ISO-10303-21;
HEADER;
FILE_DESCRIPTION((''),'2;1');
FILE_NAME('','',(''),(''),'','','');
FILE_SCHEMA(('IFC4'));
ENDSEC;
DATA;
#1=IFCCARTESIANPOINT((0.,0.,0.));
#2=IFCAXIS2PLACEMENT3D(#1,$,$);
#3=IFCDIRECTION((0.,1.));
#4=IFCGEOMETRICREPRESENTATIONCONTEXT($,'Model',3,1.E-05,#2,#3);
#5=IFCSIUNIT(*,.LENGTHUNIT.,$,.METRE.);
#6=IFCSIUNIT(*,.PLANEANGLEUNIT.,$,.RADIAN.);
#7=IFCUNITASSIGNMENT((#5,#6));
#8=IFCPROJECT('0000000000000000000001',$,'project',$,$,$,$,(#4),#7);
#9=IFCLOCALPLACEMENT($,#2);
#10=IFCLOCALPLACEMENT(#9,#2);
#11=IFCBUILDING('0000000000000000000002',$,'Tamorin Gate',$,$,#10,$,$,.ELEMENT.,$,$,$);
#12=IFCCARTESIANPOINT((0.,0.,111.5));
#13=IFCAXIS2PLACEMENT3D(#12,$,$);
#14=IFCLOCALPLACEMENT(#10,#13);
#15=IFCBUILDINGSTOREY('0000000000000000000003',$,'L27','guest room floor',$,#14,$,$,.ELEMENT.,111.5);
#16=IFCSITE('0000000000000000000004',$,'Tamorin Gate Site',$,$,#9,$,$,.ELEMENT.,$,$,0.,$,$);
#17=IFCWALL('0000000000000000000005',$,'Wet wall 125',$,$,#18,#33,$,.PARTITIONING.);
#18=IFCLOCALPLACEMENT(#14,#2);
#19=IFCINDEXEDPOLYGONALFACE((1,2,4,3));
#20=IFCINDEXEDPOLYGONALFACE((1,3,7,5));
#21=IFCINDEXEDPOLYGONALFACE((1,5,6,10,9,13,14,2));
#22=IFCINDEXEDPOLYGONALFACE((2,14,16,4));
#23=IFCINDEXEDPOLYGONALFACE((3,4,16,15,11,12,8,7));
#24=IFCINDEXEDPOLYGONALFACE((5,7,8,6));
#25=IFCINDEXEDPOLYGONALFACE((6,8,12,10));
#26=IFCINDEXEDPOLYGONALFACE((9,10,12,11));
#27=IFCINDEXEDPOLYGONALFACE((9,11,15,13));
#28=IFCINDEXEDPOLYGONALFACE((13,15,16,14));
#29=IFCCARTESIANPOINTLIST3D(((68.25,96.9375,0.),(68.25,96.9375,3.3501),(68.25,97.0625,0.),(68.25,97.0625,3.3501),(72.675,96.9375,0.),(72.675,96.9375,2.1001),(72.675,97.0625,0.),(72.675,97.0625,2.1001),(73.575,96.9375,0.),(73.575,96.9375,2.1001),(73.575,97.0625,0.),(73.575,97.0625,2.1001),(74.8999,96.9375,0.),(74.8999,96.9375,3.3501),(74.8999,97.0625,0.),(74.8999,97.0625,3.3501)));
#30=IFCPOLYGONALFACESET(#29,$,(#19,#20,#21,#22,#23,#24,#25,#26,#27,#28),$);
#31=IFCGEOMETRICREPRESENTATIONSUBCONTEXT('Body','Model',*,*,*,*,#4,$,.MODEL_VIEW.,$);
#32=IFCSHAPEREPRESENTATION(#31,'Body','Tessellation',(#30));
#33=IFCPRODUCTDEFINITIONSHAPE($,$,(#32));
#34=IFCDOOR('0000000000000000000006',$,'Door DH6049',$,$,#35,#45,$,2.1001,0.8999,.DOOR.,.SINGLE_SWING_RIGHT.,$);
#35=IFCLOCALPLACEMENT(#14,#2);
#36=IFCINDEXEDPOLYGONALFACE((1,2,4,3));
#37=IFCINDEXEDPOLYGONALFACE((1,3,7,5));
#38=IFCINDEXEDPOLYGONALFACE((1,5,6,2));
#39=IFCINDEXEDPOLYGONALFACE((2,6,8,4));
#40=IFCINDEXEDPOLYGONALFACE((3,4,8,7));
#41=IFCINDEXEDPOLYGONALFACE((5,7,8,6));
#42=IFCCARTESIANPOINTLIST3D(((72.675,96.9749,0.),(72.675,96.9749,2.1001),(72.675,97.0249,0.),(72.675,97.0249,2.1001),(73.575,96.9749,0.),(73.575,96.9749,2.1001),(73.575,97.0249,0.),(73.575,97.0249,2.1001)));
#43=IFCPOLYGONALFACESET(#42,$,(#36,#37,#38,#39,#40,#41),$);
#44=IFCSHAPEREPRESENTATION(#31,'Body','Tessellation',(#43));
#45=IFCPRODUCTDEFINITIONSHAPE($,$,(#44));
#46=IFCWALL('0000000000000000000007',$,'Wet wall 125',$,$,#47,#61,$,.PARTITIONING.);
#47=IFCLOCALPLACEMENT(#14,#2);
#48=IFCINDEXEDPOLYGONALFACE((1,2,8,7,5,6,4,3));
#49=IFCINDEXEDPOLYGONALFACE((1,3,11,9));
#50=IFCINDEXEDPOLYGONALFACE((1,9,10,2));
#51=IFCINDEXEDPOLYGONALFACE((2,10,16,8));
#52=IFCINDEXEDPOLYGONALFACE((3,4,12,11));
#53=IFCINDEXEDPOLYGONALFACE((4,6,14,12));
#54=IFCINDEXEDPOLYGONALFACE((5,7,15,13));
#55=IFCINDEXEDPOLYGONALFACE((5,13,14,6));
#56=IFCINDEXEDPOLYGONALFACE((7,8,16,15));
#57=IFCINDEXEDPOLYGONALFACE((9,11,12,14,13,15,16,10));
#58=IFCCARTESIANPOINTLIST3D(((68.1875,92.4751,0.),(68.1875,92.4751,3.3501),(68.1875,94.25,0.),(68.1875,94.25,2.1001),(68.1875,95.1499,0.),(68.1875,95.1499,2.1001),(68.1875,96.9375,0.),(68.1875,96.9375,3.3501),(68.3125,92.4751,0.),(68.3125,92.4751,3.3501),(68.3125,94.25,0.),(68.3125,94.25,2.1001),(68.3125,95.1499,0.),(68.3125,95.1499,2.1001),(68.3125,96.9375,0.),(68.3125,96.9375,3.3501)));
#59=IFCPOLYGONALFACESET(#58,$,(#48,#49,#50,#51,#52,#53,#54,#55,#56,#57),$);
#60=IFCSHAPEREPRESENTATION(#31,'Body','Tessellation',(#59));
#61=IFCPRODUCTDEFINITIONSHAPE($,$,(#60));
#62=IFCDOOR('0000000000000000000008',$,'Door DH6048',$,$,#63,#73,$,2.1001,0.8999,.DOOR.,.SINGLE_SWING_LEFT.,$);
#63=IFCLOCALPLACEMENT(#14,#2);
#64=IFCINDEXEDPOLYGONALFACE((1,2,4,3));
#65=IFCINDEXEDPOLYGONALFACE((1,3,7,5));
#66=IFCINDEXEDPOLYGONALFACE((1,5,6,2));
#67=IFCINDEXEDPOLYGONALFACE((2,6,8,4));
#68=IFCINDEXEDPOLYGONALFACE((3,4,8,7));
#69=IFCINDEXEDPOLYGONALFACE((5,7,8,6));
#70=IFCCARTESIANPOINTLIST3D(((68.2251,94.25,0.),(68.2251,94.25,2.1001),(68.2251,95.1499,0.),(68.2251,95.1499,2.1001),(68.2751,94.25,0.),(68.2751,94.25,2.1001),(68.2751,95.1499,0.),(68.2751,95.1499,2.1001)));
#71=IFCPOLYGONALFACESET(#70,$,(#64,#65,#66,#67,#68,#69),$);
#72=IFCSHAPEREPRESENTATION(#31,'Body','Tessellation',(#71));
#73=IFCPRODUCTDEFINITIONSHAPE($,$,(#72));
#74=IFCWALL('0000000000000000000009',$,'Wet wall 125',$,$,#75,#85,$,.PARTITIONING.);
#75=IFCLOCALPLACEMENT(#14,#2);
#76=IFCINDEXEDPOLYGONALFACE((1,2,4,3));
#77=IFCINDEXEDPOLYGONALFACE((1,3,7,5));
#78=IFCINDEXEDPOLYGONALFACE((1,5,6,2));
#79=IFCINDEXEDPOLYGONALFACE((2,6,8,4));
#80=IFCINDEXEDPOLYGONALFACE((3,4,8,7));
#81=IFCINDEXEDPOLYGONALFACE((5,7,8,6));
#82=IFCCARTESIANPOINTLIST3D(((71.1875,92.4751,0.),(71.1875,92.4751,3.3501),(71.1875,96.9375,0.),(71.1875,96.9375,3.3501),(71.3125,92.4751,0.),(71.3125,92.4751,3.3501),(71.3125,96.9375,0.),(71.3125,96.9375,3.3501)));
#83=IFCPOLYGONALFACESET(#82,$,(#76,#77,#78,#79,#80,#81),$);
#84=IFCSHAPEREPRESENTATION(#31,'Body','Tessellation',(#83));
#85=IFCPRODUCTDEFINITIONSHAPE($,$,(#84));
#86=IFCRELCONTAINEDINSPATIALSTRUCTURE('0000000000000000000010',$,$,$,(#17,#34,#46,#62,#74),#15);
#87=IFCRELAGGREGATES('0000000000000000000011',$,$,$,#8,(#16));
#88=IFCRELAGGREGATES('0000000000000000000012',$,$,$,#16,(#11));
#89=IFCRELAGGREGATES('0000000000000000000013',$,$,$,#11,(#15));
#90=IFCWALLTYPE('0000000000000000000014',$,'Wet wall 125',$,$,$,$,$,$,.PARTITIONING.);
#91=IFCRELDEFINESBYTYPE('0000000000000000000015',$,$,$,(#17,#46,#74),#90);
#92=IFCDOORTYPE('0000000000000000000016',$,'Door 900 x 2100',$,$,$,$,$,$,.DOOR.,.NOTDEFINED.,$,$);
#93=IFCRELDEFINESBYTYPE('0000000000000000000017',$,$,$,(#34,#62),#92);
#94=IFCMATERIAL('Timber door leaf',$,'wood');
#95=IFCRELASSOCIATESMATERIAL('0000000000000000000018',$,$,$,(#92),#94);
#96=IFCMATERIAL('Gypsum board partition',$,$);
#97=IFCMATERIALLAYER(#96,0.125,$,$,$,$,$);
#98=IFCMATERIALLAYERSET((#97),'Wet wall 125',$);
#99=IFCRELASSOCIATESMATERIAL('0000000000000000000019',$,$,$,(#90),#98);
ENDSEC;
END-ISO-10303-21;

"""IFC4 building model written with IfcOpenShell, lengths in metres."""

from ifc_helpers import new_model, si_unit, direction, frame, frame_2d, origin, place, context, subcontext, project, spatial, rectangle, extrude, material, layer, layer_set, type_object, element, fill, save


model = new_model("IFC4")

# Units and contexts
model_context = context("Model", 3, precision=1e-05, world=origin(), true_north=direction((0.0, 1.0)))
body_context = subcontext(model_context, "Body", "Model", "MODEL_VIEW")
ifc_project = project(units=[si_unit("LENGTHUNIT", "METRE"), si_unit("PLANEANGLEUNIT", "RADIAN")], contexts=[model_context])

# Site, building, storey
site_placement = place(None, origin())
site = spatial("IfcSite", under=ifc_project, at=site_placement, Name="Tamorin Gate Site", CompositionType="ELEMENT", RefElevation=0.0)
building_placement = place(site_placement, origin())
building = spatial("IfcBuilding", under=site, at=building_placement, Name="Tamorin Gate", CompositionType="ELEMENT")
storey_placement = place(building_placement, frame((0.0, 0.0, 111.5)))
storey = spatial("IfcBuildingStorey", under=building, at=storey_placement, Name="L27", Description="guest room floor", CompositionType="ELEMENT", Elevation=111.5)

# Walls, openings, doors
ifc_material_1 = material(Name="Gypsum board partition")
ifc_material_2 = material(Name="Timber door leaf", Category="wood")
door_type = type_object("IfcDoorType", Name="Door 900 x 2100", OperationType="NOTDEFINED", PredefinedType="DOOR", material=ifc_material_2)
ifc_layer_1 = layer(ifc_material_1, 0.125)
ifc_layer_set_1 = layer_set([ifc_layer_1], Name="Wet wall 125")
wall_type_1 = type_object("IfcWallType", Name="Wet wall 125", PredefinedType="PARTITIONING", material=ifc_layer_set_1)
wall_1_placement = place(storey_placement, frame((68.25, 97.0, 0.0), z_axis=(0.0, 0.0, 1.0), x_axis=(1.0, 0.0, 0.0)))
wall_1 = element("IfcWall", 1, at=wall_1_placement, inside=storey, type_object=wall_type_1, Name="Wet wall 125", PredefinedType="PARTITIONING", context=body_context, shape_type="SweptSolid", body=[
    extrude(rectangle(XDim=6.6499, YDim=0.125, at=frame_2d((3.325, 0.0))), origin(), (0.0, 0.0, 1.0), 3.3501),
])
opening_1_placement = place(wall_1_placement, frame((4.425, 0.0, 0.0)))
opening_1 = element("IfcOpeningElement", 2, at=opening_1_placement, cuts=wall_1, PredefinedType="OPENING", context=body_context, shape_type="SweptSolid", body=[
    extrude(rectangle(XDim=0.8999, YDim=2.1001, at=frame_2d((0.45, 1.05))), frame((0.0, 0.0725, 0.0), z_axis=(0.0, -1.0, 0.0), x_axis=(1.0, 0.0, 0.0)), (0.0, 0.0, 1.0), 0.145),
])
door_1_placement = place(opening_1_placement, origin())
door_1 = element("IfcDoor", 3, at=door_1_placement, inside=storey, type_object=door_type, Name="Door DH6049", OperationType="SINGLE_SWING_RIGHT", OverallHeight=2.1001, OverallWidth=0.8999, PredefinedType="DOOR", context=body_context, shape_type="SweptSolid", body=[
    extrude(rectangle(XDim=0.8999, YDim=2.1001, at=frame_2d((0.45, 1.05))), frame((0.0, 0.0249, 0.0), z_axis=(0.0, -1.0, 0.0), x_axis=(1.0, 0.0, 0.0)), (0.0, 0.0, 1.0), 0.05),
])
fill(opening_1, door_1)
wall_2_placement = place(storey_placement, frame((68.25, 92.4751, 0.0), z_axis=(0.0, 0.0, 1.0), x_axis=(0.0, 1.0, 0.0)))
wall_2 = element("IfcWall", 4, at=wall_2_placement, inside=storey, type_object=wall_type_1, Name="Wet wall 125", PredefinedType="PARTITIONING", context=body_context, shape_type="SweptSolid", body=[
    extrude(rectangle(XDim=4.4624, YDim=0.125, at=frame_2d((2.2312, 0.0))), origin(), (0.0, 0.0, 1.0), 3.3501),
])
opening_2_placement = place(wall_2_placement, frame((1.7749, 0.0, 0.0)))
opening_2 = element("IfcOpeningElement", 5, at=opening_2_placement, cuts=wall_2, PredefinedType="OPENING", context=body_context, shape_type="SweptSolid", body=[
    extrude(rectangle(XDim=0.8999, YDim=2.1001, at=frame_2d((0.45, 1.05))), frame((0.0, 0.0725, 0.0), z_axis=(0.0, -1.0, 0.0), x_axis=(1.0, 0.0, 0.0)), (0.0, 0.0, 1.0), 0.145),
])
door_2_placement = place(opening_2_placement, origin())
door_2 = element("IfcDoor", 6, at=door_2_placement, inside=storey, type_object=door_type, Name="Door DH6048", OperationType="SINGLE_SWING_LEFT", OverallHeight=2.1001, OverallWidth=0.8999, PredefinedType="DOOR", context=body_context, shape_type="SweptSolid", body=[
    extrude(rectangle(XDim=0.8999, YDim=2.1001, at=frame_2d((0.45, 1.05))), frame((0.0, 0.0249, 0.0), z_axis=(0.0, -1.0, 0.0), x_axis=(1.0, 0.0, 0.0)), (0.0, 0.0, 1.0), 0.05),
])
fill(opening_2, door_2)

# Wall
wall_3_placement = place(storey_placement, frame((71.25, 92.4751, 0.0), z_axis=(0.0, 0.0, 1.0), x_axis=(0.0, 1.0, 0.0)))
element("IfcWall", 7, at=wall_3_placement, inside=storey, type_object=wall_type_1, Name="Wet wall 125", PredefinedType="PARTITIONING", context=body_context, shape_type="SweptSolid", body=[
    extrude(rectangle(XDim=4.4624, YDim=0.125, at=frame_2d((2.2312, 0.0))), origin(), (0.0, 0.0, 1.0), 3.3501),
])

save(model, "model.ifc")
